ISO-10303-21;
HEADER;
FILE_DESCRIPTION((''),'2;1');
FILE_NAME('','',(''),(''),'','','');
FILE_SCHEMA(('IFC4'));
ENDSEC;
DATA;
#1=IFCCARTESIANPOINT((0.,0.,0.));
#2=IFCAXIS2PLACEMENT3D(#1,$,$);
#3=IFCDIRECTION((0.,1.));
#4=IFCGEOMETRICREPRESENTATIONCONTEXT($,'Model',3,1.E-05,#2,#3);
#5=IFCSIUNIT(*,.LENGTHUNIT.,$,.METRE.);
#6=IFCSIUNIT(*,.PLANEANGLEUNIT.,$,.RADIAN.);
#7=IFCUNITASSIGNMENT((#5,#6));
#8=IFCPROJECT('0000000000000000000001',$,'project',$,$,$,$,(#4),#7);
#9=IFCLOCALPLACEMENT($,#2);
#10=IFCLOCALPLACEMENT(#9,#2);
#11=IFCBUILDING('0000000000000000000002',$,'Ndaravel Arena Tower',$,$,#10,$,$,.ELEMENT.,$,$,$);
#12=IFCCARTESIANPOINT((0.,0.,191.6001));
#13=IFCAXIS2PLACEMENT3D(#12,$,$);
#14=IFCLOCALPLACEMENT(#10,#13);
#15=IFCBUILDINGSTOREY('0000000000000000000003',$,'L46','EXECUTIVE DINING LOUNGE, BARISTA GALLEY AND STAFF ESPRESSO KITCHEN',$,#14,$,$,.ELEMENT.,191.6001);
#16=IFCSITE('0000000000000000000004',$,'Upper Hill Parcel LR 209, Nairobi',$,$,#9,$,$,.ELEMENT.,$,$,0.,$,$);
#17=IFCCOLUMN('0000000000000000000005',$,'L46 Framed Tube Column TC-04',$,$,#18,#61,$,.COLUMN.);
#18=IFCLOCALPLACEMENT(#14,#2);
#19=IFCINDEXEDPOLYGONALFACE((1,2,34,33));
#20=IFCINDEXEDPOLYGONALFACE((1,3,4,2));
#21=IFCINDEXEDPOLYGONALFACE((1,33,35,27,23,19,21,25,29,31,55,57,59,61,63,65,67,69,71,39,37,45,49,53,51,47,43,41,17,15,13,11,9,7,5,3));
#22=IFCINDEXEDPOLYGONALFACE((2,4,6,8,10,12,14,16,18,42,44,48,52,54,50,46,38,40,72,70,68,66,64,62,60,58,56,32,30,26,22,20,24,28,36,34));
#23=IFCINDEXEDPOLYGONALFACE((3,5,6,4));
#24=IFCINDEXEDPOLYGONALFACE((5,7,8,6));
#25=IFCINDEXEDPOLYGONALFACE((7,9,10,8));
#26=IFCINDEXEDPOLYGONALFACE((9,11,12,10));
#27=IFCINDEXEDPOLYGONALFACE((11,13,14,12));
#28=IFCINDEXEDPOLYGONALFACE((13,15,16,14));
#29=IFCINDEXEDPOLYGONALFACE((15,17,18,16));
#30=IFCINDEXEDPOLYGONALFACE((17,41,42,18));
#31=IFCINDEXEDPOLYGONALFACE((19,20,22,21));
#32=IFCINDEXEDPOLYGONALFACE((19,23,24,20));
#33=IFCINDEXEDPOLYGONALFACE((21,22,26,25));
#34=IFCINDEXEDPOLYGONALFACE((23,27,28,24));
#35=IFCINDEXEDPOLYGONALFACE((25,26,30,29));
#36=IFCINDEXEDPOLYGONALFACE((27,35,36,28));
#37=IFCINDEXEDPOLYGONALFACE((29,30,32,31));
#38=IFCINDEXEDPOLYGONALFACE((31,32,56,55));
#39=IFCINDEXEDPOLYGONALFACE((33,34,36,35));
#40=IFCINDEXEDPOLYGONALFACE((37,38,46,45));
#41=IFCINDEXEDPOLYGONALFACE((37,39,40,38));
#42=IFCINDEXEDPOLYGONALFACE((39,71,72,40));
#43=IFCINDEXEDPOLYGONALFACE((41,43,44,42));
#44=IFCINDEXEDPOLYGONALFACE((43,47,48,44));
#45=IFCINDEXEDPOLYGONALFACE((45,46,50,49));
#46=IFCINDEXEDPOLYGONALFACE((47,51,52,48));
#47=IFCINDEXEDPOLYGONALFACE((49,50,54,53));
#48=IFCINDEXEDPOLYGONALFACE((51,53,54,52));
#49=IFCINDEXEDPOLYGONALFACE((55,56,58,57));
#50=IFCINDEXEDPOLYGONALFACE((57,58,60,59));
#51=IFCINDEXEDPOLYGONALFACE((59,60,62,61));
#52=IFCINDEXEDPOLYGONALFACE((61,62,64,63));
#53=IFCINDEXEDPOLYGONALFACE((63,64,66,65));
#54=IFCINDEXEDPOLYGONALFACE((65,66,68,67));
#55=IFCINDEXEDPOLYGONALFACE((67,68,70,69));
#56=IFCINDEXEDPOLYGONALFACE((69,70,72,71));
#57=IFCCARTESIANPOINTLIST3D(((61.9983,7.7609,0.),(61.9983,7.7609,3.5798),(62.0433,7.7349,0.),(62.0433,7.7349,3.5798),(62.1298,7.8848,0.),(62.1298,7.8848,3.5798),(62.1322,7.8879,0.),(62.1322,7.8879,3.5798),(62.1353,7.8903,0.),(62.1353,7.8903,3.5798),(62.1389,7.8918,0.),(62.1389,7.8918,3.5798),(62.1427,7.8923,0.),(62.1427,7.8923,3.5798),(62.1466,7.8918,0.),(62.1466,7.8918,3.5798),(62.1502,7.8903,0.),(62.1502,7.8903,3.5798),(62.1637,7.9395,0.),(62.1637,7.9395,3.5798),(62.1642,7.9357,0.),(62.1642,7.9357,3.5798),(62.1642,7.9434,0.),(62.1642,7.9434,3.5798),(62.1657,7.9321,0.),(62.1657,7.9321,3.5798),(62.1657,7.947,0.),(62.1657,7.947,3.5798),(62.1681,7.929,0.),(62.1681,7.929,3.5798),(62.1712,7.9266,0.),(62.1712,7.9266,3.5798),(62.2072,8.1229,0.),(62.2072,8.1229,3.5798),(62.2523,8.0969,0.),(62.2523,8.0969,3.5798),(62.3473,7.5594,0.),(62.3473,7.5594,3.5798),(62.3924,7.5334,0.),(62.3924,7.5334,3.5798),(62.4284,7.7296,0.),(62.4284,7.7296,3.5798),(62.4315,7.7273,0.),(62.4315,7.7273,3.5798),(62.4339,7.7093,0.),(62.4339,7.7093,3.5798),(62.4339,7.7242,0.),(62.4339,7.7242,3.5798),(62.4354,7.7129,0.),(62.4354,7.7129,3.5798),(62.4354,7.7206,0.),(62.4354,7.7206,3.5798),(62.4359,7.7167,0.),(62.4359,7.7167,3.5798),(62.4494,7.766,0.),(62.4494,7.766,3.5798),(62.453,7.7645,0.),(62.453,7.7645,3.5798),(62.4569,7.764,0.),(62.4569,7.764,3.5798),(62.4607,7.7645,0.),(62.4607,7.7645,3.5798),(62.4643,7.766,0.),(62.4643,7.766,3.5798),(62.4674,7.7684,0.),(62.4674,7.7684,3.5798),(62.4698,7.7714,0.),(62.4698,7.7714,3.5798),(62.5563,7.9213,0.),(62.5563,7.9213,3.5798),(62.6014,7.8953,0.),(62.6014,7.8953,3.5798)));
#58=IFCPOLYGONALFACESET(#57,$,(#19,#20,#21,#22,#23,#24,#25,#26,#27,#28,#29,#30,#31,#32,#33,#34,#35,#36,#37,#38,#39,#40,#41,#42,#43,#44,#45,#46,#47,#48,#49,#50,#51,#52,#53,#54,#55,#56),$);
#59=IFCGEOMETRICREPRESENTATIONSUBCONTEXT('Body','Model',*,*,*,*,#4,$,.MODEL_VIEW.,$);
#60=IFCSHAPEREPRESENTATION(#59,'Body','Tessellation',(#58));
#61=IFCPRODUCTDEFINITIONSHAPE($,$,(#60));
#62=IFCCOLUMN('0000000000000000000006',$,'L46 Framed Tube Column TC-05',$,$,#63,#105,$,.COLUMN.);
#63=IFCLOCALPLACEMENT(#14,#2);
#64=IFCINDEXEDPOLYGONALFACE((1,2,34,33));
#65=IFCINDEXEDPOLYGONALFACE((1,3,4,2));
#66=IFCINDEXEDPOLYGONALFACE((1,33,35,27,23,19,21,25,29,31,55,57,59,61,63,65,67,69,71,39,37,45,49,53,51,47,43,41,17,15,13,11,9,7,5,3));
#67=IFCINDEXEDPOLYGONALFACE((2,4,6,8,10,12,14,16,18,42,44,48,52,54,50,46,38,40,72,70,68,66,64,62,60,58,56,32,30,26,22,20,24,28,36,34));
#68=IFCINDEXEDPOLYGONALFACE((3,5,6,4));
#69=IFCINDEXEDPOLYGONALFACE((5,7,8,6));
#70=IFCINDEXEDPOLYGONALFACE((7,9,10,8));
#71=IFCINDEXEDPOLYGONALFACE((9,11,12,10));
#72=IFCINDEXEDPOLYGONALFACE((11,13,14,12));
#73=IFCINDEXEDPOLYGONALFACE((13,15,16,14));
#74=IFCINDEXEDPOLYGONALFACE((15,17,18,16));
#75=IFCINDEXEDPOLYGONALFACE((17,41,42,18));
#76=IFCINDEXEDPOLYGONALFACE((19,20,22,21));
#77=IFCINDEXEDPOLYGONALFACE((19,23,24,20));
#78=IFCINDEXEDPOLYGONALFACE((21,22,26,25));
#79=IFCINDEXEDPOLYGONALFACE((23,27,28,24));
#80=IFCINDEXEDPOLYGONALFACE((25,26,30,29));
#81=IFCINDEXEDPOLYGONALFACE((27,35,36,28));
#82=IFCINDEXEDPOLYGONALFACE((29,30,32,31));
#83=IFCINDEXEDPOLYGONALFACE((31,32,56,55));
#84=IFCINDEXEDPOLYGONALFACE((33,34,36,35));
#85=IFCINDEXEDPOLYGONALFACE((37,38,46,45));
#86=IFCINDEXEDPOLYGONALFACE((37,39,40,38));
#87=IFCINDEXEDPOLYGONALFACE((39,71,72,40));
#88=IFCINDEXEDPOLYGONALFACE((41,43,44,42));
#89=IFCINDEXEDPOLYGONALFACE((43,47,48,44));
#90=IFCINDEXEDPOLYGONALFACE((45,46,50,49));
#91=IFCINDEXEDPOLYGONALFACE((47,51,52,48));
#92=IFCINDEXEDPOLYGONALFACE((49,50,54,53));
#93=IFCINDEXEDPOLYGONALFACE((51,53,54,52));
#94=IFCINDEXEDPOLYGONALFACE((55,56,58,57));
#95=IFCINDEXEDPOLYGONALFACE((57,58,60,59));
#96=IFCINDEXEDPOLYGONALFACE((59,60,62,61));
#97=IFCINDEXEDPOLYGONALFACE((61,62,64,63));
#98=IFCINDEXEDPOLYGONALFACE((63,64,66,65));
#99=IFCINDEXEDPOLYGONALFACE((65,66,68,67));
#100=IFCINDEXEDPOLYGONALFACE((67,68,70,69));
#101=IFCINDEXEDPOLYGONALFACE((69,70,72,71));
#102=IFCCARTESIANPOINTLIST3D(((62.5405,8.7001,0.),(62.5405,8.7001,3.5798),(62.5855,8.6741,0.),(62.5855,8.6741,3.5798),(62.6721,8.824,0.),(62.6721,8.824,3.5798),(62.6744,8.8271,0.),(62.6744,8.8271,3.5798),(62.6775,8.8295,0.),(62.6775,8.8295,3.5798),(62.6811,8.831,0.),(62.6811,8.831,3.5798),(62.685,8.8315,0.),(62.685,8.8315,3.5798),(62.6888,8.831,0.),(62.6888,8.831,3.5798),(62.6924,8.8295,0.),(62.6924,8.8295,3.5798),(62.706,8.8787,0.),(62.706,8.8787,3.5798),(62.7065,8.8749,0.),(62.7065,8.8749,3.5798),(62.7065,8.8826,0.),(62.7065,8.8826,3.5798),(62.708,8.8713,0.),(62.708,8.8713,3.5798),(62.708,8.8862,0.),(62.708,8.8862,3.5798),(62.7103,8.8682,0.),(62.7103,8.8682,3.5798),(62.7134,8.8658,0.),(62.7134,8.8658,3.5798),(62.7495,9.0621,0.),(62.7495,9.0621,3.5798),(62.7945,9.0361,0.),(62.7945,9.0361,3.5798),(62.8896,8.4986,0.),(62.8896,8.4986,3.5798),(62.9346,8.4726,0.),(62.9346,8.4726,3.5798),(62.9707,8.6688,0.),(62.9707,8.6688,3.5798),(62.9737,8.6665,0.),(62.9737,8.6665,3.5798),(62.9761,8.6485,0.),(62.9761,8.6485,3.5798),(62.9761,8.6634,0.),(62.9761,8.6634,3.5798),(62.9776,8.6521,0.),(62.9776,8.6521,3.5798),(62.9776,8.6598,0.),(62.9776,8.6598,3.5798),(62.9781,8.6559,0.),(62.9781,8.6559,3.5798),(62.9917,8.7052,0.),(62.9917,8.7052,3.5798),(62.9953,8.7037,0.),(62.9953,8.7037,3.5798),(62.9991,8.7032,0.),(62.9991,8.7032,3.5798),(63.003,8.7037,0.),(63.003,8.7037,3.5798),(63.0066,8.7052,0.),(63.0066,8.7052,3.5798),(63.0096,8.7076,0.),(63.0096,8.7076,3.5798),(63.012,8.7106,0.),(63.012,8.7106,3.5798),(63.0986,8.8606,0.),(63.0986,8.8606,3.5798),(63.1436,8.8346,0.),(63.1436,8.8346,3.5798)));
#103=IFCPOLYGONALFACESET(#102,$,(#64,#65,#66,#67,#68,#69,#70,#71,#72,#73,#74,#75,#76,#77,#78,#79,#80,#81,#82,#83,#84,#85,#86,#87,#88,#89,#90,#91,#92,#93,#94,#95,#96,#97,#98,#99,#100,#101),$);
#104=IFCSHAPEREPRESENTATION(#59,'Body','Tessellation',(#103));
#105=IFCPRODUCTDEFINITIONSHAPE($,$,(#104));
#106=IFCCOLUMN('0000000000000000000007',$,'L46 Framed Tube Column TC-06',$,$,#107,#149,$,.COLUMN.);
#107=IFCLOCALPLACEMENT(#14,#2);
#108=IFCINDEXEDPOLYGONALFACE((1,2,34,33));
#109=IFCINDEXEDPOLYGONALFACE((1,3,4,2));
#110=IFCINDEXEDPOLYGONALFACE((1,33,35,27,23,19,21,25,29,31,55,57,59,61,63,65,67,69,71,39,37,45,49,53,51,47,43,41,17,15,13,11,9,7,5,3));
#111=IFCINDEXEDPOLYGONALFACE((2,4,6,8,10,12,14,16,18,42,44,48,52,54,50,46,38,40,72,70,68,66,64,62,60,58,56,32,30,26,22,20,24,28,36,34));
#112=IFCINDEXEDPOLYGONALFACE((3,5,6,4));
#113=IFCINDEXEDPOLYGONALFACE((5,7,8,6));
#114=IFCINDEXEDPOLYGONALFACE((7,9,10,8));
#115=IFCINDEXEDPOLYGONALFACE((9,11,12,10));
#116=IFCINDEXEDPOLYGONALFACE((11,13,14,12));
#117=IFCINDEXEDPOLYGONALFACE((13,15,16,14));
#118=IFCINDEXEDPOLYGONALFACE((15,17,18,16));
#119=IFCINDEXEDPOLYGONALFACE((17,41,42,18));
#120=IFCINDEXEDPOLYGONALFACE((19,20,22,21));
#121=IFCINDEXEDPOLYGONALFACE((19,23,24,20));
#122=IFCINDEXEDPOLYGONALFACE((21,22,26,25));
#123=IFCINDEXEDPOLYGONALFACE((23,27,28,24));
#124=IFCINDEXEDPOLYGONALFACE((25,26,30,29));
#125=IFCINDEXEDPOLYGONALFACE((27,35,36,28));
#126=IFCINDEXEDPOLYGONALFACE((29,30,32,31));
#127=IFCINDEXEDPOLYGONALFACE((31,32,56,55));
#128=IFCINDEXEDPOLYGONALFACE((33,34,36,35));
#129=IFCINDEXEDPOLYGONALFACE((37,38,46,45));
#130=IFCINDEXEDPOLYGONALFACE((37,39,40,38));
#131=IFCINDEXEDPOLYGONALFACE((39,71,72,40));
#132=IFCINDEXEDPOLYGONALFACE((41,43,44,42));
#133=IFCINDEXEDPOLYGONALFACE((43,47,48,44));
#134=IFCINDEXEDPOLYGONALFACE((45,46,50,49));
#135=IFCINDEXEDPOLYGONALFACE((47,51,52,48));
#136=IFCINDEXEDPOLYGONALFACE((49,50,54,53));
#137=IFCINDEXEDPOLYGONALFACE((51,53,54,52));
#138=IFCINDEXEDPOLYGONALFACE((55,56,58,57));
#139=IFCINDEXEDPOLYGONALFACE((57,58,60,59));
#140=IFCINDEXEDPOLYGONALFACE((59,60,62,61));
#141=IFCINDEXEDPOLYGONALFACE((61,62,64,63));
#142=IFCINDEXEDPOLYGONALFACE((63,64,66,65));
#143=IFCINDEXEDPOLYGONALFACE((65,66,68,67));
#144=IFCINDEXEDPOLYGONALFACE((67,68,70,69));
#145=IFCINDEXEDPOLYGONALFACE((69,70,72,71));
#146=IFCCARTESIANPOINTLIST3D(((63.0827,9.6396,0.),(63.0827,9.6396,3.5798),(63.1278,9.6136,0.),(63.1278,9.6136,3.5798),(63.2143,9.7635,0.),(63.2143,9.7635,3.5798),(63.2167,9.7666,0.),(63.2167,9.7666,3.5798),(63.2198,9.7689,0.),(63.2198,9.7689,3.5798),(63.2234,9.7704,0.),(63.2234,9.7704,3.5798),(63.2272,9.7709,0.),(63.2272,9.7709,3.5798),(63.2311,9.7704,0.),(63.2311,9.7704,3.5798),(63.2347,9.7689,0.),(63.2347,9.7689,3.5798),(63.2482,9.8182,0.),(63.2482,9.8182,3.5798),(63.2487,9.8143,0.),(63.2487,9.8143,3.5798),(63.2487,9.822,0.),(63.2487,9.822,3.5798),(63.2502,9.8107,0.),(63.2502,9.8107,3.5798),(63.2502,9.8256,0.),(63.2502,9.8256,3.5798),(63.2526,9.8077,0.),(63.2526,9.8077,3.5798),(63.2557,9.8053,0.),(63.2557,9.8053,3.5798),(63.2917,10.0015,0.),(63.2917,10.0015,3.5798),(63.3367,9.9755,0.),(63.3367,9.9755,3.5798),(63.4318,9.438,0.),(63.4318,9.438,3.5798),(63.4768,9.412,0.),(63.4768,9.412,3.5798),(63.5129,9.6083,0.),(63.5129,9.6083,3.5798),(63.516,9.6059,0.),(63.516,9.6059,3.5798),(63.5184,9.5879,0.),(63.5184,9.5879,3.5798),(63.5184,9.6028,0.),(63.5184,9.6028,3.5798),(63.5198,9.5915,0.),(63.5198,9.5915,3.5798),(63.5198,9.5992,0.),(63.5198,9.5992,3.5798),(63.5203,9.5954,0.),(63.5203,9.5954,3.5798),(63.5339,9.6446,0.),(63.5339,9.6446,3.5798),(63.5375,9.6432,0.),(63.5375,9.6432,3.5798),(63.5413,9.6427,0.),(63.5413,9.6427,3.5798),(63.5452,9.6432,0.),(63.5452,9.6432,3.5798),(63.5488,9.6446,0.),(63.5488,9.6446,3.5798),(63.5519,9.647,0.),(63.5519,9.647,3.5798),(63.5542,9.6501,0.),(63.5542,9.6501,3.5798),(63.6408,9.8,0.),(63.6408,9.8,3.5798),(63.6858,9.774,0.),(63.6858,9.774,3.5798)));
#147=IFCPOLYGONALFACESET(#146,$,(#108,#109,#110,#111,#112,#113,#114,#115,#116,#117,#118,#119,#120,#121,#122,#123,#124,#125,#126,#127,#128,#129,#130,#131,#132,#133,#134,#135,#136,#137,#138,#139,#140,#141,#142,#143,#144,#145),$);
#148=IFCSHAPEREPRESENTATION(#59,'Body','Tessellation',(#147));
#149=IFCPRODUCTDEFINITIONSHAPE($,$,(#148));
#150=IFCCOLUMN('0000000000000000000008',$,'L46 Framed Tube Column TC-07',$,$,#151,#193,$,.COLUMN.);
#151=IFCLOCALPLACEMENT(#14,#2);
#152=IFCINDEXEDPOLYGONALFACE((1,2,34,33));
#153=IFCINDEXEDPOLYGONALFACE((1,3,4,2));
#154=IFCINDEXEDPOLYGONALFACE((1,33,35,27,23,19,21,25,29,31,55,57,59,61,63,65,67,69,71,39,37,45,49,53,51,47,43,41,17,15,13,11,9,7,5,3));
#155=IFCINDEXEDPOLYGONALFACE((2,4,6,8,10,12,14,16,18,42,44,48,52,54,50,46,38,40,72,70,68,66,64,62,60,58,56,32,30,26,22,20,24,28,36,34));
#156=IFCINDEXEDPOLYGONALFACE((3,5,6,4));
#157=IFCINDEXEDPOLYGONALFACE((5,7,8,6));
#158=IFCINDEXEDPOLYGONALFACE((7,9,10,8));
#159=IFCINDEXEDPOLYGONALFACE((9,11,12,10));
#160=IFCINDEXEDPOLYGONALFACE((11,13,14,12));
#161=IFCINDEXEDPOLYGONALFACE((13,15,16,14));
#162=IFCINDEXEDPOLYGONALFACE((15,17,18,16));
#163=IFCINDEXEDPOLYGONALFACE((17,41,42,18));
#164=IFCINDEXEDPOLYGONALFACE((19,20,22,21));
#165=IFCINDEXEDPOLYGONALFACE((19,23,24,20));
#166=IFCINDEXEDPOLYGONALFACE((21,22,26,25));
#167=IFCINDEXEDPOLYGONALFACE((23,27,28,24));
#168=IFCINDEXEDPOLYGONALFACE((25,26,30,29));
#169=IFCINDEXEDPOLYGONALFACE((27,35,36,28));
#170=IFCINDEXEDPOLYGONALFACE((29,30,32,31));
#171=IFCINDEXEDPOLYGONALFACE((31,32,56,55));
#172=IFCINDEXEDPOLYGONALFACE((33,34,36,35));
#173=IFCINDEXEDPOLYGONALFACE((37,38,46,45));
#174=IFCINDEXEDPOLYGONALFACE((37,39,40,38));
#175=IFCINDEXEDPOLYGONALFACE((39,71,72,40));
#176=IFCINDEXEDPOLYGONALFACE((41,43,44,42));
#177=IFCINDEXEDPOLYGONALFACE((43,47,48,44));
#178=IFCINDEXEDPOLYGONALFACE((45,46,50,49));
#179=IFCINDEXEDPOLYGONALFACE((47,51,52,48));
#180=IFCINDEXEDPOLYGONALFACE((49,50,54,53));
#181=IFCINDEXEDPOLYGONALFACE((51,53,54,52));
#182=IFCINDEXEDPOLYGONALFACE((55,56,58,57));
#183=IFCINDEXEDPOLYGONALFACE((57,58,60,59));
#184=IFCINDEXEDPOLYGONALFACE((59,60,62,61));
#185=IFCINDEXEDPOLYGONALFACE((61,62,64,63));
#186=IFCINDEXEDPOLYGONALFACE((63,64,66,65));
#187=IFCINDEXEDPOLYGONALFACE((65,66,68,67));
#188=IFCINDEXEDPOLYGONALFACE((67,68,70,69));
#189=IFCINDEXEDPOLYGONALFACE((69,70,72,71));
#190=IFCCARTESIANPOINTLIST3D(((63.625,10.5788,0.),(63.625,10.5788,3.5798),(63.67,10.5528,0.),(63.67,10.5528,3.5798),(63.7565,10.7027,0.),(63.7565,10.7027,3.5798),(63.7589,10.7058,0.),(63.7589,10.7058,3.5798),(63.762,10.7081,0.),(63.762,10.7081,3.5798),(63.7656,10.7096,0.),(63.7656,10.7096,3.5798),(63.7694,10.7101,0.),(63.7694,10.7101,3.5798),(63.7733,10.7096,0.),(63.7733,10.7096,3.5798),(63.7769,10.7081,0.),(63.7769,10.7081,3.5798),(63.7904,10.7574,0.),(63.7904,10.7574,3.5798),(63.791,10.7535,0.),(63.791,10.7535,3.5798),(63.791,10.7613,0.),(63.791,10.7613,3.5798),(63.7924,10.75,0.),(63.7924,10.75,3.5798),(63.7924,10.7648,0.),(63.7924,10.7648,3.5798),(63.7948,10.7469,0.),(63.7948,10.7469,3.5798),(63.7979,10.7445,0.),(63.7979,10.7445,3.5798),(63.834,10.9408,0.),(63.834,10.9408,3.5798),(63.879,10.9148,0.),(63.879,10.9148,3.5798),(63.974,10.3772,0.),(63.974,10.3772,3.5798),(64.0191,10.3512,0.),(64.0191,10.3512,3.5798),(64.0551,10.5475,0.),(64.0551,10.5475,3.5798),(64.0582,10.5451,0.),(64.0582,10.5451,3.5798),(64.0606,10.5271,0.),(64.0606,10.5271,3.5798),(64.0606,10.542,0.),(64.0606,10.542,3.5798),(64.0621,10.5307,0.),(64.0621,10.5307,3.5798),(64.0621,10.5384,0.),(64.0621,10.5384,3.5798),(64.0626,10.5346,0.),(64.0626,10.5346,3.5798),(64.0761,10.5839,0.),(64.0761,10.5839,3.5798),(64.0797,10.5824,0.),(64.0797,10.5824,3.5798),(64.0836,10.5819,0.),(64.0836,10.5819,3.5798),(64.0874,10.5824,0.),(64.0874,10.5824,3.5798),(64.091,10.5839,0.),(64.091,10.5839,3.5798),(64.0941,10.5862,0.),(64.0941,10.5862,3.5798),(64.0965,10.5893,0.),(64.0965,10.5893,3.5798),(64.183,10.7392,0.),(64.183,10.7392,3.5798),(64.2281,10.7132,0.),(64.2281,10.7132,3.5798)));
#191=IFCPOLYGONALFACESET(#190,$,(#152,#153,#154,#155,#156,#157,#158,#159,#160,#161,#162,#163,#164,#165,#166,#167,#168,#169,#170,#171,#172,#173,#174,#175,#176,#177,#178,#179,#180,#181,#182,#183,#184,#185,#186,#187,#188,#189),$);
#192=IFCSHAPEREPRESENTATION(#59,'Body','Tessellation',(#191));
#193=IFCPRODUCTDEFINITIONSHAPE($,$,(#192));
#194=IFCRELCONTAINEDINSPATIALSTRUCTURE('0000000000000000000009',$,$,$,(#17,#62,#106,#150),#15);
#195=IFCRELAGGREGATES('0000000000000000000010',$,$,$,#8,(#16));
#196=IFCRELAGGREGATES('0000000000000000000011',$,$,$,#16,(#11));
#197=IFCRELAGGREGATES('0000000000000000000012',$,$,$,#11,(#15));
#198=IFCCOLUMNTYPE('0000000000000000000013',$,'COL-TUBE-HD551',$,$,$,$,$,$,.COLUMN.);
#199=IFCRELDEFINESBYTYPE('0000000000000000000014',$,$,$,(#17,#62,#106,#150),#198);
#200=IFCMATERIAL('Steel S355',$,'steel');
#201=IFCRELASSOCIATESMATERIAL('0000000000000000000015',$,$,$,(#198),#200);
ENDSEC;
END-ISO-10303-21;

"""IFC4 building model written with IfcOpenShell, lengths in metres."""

from ifc_helpers import new_model, si_unit, direction, frame, origin, origin_2d, place, context, subcontext, project, spatial, i_section, extrude, material, material_profile, profile_set, type_object, element, save


model = new_model("IFC4")

# Units and contexts
model_context = context("Model", 3, precision=1e-05, world=origin(), true_north=direction((0.0, 1.0)))
body_context = subcontext(model_context, "Body", "Model", "MODEL_VIEW")
ifc_project = project(units=[si_unit("LENGTHUNIT", "METRE"), si_unit("PLANEANGLEUNIT", "RADIAN")], contexts=[model_context])

# Site, building, storey
site_placement = place(None, origin())
site = spatial("IfcSite", under=ifc_project, at=site_placement, Name="Upper Hill Parcel LR 209, Nairobi", CompositionType="ELEMENT", RefElevation=0.0)
building_placement = place(site_placement, origin())
building = spatial("IfcBuilding", under=site, at=building_placement, Name="Ndaravel Arena Tower", CompositionType="ELEMENT")
storey_placement = place(building_placement, frame((0.0, 0.0, 191.6001)))
storey = spatial("IfcBuildingStorey", under=building, at=storey_placement, Name="L46", Description="EXECUTIVE DINING LOUNGE, BARISTA GALLEY AND STAFF ESPRESSO KITCHEN", CompositionType="ELEMENT", Elevation=191.6001)

# Columns
ifc_material_1 = material(Name="Steel S355", Category="steel")
ifc_material_profile_1 = material_profile(ifc_material_1, i_section(OverallWidth=0.418, OverallDepth=0.4551, WebThickness=0.042, FlangeThickness=0.052, FilletRadius=0.0149, at=origin_2d()), Name="HD 400x551")
ifc_profile_set_1 = profile_set([ifc_material_profile_1], Name="Steel S355")
column_type = type_object("IfcColumnType", Name="COL-TUBE-HD551", PredefinedType="COLUMN", material=ifc_profile_set_1)
for number, where, z_axis, x_axis, name in (
    (1, (62.2998, 7.8281, 0.0), (0.0, 0.0, 1.0), (0.5, 0.866025, 0.0), "L46 Framed Tube Column TC-04"),
    (2, (62.842, 8.7673, 0.0), (0.0, 0.0, 1.0), (0.5, 0.866025, 0.0), "L46 Framed Tube Column TC-05"),
    (3, (63.3843, 9.7068, 0.0), (0.0, 0.0, 1.0), (0.5, 0.866025, 0.0), "L46 Framed Tube Column TC-06"),
    (4, (63.9265, 10.646, 0.0), (0.0, 0.0, 1.0), (0.5, 0.866025, 0.0), "L46 Framed Tube Column TC-07"),
):
    element("IfcColumn", number, at=place(storey_placement, frame(where, z_axis=z_axis, x_axis=x_axis)), inside=storey, type_object=column_type, Name=name, PredefinedType="COLUMN", context=body_context, shape_type="SweptSolid", body=[
        extrude(i_section(OverallWidth=0.418, OverallDepth=0.4551, WebThickness=0.042, FlangeThickness=0.052, FilletRadius=0.0149, at=origin_2d()), origin(), (0.0, 0.0, 1.0), 3.5798),
    ])

save(model, "model.ifc")
